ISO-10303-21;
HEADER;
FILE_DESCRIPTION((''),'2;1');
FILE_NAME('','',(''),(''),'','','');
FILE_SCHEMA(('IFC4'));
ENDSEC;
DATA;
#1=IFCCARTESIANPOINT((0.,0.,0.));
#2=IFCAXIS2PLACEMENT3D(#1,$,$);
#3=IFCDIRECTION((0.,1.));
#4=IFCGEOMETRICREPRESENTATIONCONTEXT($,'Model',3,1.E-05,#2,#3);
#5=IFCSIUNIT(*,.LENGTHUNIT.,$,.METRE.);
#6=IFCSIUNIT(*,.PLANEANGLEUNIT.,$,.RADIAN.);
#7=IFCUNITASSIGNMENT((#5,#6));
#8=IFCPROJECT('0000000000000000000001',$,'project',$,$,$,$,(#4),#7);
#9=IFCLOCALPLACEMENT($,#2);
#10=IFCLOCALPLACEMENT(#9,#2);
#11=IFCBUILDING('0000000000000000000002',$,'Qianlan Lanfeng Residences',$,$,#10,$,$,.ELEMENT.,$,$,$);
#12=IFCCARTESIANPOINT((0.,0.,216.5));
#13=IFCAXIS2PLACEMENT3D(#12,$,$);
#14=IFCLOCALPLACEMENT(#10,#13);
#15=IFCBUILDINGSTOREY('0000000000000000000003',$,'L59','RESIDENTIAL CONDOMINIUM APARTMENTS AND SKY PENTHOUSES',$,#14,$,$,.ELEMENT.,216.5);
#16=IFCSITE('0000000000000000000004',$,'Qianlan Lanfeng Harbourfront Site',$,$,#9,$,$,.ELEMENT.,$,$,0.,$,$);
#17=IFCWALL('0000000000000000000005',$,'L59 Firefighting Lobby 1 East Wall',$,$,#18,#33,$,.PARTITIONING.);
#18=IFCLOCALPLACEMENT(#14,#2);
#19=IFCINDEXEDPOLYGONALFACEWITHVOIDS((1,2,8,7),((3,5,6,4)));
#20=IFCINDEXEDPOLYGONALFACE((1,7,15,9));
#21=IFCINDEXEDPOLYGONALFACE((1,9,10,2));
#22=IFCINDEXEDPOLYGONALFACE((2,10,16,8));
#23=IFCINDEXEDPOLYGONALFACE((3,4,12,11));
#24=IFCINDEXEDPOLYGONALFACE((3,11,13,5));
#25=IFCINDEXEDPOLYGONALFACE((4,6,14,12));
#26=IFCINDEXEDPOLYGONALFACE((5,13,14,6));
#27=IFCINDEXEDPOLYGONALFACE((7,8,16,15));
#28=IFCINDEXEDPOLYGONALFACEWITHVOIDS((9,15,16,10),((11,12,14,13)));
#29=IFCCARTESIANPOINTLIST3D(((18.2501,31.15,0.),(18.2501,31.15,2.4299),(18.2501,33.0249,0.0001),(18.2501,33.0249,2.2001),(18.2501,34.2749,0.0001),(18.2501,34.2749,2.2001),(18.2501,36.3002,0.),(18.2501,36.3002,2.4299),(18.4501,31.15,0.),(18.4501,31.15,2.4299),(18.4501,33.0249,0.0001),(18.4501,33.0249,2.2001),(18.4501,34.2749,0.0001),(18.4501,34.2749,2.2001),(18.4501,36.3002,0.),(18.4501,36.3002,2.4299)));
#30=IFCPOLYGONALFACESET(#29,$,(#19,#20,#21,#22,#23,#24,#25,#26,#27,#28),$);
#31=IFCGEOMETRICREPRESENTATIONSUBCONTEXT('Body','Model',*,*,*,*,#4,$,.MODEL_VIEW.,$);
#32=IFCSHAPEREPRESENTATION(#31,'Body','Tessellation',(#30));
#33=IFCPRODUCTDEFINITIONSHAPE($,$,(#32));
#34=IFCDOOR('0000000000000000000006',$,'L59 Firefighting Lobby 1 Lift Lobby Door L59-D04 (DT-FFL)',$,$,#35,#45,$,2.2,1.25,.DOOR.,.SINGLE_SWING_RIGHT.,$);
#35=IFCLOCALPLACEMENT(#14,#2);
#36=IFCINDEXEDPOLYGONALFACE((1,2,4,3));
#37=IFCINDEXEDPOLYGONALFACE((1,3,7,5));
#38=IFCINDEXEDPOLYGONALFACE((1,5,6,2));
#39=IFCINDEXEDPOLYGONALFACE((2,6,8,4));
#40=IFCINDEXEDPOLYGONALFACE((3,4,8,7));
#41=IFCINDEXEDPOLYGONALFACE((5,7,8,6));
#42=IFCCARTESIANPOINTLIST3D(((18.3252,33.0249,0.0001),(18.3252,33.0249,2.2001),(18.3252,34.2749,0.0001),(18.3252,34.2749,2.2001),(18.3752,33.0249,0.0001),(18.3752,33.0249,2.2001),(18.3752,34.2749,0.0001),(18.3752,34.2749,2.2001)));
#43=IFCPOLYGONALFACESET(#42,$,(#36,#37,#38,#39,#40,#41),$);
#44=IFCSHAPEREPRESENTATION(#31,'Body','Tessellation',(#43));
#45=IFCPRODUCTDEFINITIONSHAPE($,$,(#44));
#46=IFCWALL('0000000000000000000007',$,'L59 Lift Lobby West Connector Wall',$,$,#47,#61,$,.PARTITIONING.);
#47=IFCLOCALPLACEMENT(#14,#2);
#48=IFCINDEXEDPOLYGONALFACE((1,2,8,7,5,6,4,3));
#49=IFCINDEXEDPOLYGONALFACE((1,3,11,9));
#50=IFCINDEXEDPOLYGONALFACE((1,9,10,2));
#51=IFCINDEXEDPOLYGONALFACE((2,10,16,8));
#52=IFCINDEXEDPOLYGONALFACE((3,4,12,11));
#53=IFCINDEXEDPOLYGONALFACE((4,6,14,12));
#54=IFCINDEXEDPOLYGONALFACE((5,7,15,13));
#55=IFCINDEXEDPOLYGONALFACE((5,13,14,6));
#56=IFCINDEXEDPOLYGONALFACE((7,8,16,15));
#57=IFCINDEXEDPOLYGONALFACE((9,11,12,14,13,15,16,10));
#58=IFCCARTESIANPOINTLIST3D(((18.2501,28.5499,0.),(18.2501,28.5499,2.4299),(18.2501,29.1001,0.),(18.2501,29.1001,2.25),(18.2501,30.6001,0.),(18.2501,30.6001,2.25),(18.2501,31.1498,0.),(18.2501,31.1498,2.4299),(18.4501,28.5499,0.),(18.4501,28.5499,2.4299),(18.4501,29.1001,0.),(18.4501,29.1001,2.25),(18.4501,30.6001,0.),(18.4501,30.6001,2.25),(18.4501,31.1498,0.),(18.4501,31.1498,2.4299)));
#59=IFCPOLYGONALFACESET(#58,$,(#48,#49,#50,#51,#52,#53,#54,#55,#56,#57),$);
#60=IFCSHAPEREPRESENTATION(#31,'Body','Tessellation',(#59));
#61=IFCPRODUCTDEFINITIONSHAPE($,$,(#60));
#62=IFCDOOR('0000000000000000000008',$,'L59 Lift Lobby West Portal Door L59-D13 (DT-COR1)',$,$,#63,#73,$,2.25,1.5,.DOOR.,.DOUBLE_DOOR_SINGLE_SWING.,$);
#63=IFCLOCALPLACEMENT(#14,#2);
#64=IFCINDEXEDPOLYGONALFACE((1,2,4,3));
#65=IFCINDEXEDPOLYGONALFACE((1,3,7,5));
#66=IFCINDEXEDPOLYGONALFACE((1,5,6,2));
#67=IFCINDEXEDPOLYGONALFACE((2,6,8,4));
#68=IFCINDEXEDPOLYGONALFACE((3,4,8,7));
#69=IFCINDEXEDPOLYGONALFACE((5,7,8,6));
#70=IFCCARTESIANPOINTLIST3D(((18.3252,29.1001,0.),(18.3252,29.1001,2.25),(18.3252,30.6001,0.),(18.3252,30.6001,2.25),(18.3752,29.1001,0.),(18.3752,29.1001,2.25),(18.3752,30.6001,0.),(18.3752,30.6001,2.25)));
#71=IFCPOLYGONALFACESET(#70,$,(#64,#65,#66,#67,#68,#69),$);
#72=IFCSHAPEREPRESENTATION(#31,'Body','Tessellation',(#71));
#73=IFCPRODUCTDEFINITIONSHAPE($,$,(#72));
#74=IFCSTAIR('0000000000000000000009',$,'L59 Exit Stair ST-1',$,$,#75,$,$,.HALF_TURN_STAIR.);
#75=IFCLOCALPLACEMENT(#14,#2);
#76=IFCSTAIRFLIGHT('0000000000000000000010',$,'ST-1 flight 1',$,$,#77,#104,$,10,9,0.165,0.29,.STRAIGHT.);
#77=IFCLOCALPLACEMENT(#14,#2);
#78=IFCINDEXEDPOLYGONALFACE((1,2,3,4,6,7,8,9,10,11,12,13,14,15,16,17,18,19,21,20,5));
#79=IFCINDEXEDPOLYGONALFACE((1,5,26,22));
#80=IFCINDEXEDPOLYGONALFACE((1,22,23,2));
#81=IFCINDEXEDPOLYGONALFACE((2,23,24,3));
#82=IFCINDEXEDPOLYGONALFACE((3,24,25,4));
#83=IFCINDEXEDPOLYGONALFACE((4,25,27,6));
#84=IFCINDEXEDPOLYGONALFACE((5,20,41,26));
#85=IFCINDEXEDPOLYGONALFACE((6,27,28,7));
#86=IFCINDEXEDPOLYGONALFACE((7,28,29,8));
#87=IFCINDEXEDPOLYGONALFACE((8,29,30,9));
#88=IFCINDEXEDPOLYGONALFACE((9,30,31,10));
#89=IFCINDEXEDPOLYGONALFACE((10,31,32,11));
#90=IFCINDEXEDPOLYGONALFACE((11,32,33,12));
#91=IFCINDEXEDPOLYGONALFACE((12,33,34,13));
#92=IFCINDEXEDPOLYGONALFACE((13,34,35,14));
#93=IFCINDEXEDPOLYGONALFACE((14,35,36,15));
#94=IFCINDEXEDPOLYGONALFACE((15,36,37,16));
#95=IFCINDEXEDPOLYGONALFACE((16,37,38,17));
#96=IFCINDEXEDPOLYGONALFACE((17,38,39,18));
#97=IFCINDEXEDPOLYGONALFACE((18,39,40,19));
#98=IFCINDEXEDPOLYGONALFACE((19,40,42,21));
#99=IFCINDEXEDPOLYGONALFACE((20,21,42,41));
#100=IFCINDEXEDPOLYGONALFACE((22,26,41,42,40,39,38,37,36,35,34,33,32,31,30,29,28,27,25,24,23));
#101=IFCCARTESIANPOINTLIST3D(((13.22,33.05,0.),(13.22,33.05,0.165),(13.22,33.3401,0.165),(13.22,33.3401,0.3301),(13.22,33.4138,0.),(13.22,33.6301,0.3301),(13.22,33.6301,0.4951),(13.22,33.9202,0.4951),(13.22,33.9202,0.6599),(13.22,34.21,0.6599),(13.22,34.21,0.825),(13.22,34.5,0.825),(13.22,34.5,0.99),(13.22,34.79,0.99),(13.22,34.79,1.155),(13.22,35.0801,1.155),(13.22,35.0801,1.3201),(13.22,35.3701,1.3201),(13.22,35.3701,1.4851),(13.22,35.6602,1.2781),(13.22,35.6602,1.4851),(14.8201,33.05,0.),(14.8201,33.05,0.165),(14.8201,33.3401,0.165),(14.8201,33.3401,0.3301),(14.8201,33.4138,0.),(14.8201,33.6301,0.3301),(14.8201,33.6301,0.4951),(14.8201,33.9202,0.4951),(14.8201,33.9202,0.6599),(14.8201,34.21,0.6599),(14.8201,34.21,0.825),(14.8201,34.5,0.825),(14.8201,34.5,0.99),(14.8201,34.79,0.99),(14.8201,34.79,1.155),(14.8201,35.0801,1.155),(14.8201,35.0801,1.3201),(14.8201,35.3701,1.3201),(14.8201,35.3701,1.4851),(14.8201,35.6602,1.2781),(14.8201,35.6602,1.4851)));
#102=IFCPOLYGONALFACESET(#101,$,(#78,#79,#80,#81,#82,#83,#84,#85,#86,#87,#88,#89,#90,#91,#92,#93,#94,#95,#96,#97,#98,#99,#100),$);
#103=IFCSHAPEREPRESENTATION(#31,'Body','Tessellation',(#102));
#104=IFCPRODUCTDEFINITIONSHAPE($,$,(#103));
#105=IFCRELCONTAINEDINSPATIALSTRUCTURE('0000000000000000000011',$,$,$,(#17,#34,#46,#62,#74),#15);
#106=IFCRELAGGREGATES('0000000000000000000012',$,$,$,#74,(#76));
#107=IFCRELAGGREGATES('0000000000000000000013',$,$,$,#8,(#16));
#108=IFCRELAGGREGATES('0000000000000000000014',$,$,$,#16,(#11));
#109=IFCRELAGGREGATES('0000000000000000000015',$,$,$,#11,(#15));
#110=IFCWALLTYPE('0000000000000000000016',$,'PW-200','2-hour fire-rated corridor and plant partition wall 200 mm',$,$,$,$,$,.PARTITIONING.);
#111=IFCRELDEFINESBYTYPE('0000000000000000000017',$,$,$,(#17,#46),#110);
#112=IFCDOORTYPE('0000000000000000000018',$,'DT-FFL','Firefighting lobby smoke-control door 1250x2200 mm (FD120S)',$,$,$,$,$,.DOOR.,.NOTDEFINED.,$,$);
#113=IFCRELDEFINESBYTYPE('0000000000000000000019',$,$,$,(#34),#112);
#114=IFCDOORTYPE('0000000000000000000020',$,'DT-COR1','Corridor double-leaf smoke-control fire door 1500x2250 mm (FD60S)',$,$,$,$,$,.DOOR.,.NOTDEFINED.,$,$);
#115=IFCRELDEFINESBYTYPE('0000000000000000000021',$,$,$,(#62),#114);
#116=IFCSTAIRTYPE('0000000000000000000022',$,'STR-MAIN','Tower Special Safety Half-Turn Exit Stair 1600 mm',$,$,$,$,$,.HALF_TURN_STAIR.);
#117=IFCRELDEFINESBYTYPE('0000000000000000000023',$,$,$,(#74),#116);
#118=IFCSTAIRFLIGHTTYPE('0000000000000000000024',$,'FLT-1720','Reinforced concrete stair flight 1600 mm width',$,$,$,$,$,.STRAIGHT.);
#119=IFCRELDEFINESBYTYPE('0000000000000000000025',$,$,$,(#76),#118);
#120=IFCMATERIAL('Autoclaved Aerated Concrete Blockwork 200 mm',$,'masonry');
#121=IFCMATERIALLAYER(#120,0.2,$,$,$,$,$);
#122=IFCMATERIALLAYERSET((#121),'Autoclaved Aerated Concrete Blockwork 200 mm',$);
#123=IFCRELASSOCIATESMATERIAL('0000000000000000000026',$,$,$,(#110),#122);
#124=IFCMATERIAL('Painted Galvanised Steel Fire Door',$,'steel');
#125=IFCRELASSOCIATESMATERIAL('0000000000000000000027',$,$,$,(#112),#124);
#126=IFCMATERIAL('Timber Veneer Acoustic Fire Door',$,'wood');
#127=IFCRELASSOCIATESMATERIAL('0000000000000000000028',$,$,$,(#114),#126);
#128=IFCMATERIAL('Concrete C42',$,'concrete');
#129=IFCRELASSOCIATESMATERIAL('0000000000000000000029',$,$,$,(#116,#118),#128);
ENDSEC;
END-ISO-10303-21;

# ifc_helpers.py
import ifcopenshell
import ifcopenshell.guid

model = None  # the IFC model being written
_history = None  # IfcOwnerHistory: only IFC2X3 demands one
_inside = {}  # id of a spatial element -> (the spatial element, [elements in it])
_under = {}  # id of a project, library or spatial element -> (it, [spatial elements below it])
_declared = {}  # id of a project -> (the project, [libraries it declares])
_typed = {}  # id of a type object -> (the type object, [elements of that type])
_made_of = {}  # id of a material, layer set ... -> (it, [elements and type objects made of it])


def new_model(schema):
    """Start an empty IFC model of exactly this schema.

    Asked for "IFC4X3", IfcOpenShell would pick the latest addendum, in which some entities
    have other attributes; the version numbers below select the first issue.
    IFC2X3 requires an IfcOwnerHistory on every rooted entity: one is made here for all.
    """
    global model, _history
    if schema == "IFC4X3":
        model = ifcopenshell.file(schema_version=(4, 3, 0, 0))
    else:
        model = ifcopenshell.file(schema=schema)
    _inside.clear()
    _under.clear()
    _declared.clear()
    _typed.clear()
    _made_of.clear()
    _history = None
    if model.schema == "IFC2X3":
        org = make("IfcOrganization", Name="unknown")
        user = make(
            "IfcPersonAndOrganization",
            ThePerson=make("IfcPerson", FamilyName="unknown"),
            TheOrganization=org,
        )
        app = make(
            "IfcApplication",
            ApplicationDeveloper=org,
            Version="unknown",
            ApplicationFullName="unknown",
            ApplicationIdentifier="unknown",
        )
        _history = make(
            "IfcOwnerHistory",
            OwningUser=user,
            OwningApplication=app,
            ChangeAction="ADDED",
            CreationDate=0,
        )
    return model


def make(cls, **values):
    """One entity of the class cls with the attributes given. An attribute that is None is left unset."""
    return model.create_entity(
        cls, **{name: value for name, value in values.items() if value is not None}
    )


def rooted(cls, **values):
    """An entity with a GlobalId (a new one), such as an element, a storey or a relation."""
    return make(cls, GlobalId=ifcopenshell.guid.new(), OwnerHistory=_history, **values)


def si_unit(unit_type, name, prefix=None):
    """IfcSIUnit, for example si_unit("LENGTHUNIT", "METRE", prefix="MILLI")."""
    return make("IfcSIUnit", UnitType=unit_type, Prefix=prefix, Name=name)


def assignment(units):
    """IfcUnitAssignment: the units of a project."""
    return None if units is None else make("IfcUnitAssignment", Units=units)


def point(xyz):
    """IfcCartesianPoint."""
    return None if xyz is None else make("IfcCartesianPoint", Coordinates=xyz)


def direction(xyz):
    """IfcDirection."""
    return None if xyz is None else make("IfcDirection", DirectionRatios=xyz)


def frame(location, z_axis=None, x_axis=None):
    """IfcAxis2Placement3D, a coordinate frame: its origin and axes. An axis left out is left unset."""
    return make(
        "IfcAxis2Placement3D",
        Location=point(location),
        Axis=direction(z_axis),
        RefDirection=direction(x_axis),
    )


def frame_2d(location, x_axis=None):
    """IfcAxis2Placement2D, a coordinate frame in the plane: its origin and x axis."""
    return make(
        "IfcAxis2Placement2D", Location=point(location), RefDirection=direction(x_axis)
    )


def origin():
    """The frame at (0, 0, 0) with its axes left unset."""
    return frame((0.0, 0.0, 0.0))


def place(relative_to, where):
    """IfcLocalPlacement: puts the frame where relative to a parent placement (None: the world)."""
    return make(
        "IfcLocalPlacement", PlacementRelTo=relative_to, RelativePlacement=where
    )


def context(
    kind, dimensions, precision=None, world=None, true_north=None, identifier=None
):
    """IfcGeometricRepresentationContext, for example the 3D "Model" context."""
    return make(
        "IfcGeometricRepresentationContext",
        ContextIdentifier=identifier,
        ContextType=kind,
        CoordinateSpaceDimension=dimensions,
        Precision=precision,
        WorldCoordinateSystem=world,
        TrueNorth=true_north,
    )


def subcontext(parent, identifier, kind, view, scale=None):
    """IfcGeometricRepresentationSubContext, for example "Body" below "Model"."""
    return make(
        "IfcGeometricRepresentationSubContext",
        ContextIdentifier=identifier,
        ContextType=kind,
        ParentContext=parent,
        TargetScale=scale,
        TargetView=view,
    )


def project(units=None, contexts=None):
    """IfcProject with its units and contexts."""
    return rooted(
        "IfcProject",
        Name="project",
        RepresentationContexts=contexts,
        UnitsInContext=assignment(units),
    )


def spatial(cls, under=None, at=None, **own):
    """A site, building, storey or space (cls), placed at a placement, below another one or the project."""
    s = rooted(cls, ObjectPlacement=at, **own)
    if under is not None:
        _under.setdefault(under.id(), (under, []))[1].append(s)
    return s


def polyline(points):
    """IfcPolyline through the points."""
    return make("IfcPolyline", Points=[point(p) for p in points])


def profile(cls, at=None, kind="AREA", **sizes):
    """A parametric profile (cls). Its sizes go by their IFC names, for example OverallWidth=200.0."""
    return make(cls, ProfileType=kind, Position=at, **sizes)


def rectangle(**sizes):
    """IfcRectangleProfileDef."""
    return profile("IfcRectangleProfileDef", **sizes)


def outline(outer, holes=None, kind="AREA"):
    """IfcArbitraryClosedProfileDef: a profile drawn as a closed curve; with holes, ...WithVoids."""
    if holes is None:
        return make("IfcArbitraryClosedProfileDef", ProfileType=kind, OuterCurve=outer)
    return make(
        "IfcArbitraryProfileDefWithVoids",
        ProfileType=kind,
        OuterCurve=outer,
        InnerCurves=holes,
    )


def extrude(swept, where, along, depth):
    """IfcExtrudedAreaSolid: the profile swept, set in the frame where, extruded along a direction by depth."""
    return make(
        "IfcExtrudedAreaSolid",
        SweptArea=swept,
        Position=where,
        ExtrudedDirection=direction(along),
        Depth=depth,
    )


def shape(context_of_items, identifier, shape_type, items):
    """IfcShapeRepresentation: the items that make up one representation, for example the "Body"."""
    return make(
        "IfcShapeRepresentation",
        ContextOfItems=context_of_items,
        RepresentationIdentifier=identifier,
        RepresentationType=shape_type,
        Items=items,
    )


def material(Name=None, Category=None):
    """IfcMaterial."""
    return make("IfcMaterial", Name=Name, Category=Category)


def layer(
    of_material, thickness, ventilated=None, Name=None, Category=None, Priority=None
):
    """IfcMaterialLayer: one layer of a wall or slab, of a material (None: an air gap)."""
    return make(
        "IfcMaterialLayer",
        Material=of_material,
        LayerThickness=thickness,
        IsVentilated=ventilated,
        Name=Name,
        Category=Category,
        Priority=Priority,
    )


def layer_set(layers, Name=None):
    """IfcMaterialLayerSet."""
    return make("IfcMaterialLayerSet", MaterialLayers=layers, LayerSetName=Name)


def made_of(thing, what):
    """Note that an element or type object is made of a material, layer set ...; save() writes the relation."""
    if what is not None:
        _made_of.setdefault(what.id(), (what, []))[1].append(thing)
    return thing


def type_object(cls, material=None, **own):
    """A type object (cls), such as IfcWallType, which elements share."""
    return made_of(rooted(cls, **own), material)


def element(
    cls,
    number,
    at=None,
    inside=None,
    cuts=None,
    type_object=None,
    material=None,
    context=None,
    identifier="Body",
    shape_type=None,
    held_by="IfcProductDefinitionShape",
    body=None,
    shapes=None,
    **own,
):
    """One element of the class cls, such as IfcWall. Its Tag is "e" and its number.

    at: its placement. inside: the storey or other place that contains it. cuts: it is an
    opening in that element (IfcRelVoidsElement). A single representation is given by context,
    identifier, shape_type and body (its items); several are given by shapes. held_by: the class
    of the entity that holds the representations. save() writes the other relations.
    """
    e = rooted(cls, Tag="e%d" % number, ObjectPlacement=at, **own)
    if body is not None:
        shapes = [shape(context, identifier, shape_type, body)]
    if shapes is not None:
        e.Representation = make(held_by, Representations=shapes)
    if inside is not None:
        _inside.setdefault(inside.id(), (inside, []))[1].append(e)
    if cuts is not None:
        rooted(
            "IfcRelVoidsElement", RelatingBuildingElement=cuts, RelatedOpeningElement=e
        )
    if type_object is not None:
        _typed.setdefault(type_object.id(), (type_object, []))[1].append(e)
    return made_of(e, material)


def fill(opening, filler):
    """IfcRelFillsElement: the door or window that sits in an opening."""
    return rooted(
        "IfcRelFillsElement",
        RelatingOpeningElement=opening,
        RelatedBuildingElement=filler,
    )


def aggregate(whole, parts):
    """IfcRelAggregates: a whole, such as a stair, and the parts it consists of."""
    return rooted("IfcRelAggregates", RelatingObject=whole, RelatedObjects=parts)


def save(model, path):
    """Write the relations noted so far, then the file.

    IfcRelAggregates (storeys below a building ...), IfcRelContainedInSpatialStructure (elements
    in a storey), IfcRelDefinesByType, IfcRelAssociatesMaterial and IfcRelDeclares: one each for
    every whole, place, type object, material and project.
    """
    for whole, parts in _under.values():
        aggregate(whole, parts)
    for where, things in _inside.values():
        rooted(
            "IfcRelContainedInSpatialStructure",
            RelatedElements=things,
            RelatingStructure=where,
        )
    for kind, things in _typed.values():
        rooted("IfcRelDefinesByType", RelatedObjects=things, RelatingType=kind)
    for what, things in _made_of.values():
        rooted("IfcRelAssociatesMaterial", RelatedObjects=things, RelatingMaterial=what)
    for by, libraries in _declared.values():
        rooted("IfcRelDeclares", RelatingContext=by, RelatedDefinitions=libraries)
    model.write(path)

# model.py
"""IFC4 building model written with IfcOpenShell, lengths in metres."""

from ifc_helpers import new_model, si_unit, direction, frame, frame_2d, origin, place, context, subcontext, project, spatial, polyline, rectangle, outline, extrude, material, layer, layer_set, type_object, element, fill, aggregate, save


model = new_model("IFC4")

# Units and contexts
model_context = context("Model", 3, precision=1e-05, world=origin(), true_north=direction((0.0, 1.0)))
body_context = subcontext(model_context, "Body", "Model", "MODEL_VIEW")
ifc_project = project(units=[si_unit("LENGTHUNIT", "METRE"), si_unit("PLANEANGLEUNIT", "RADIAN")], contexts=[model_context])

# Site, building, storey
site_placement = place(None, origin())
site = spatial("IfcSite", under=ifc_project, at=site_placement, Name="Qianlan Lanfeng Harbourfront Site", CompositionType="ELEMENT", RefElevation=0.0)
building_placement = place(site_placement, origin())
building = spatial("IfcBuilding", under=site, at=building_placement, Name="Qianlan Lanfeng Residences", CompositionType="ELEMENT")
storey_placement = place(building_placement, frame((0.0, 0.0, 216.5)))
storey = spatial("IfcBuildingStorey", under=building, at=storey_placement, Name="L59", Description="RESIDENTIAL CONDOMINIUM APARTMENTS AND SKY PENTHOUSES", CompositionType="ELEMENT", Elevation=216.5)

# Shared definitions
ifc_material_1 = material(Name="Painted Galvanised Steel Fire Door", Category="steel")

# Walls, openings, doors
ifc_material_2 = material(Name="Autoclaved Aerated Concrete Blockwork 200 mm", Category="masonry")
ifc_layer_1 = layer(ifc_material_2, 0.2)
ifc_layer_set_1 = layer_set([ifc_layer_1], Name="Autoclaved Aerated Concrete Blockwork 200 mm")
wall_type_1 = type_object("IfcWallType", Name="PW-200", Description="2-hour fire-rated corridor and plant partition wall 200 mm", PredefinedType="PARTITIONING", material=ifc_layer_set_1)
door_type_1 = type_object("IfcDoorType", Name="DT-FFL", Description="Firefighting lobby smoke-control door 1250x2200 mm (FD120S)", OperationType="NOTDEFINED", PredefinedType="DOOR", material=ifc_material_1)
wall_1_placement = place(storey_placement, frame((18.3501, 31.1499, 0.0), z_axis=(0.0, 0.0, 1.0), x_axis=(0.0, 1.0, 0.0)))
wall_1 = element("IfcWall", 1, at=wall_1_placement, inside=storey, type_object=wall_type_1, Name="L59 Firefighting Lobby 1 East Wall", PredefinedType="PARTITIONING", context=body_context, shape_type="SweptSolid", body=[
    extrude(rectangle(XDim=5.1501, YDim=0.2, at=frame_2d((2.5752, 0.0))), origin(), (0.0, 0.0, 1.0), 2.4299),
])
opening_1_placement = place(wall_1_placement, frame((1.875, 0.0, 0.0)))
opening_1 = element("IfcOpeningElement", 2, at=opening_1_placement, cuts=wall_1, PredefinedType="OPENING", context=body_context, shape_type="SweptSolid", body=[
    extrude(rectangle(XDim=1.25, YDim=2.2, at=frame_2d((0.625, 1.1001))), frame((0.0, 0.1099, 0.0), z_axis=(0.0, -1.0, 0.0), x_axis=(1.0, 0.0, 0.0)), (0.0, 0.0, 1.0), 0.22),
])
door_1_placement = place(opening_1_placement, origin())
door_1 = element("IfcDoor", 3, at=door_1_placement, inside=storey, type_object=door_type_1, Name="L59 Firefighting Lobby 1 Lift Lobby Door L59-D04 (DT-FFL)", OperationType="SINGLE_SWING_RIGHT", OverallHeight=2.2, OverallWidth=1.25, PredefinedType="DOOR", context=body_context, shape_type="SweptSolid", body=[
    extrude(rectangle(XDim=1.25, YDim=2.2, at=frame_2d((0.625, 1.1001))), frame((0.0, 0.0249, 0.0), z_axis=(0.0, -1.0, 0.0), x_axis=(1.0, 0.0, 0.0)), (0.0, 0.0, 1.0), 0.05),
])
fill(opening_1, door_1)
wall_2_placement = place(storey_placement, frame((18.3501, 28.55, 0.0), z_axis=(0.0, 0.0, 1.0), x_axis=(0.0, 1.0, 0.0)))
wall_2 = element("IfcWall", 4, at=wall_2_placement, inside=storey, type_object=wall_type_1, Name="L59 Lift Lobby West Connector Wall", PredefinedType="PARTITIONING", context=body_context, shape_type="SweptSolid", body=[
    extrude(rectangle(XDim=2.5999, YDim=0.2, at=frame_2d((1.2998, 0.0))), origin(), (0.0, 0.0, 1.0), 2.4299),
])
opening_2_placement = place(wall_2_placement, frame((0.55, 0.0, 0.0)))
opening_2 = element("IfcOpeningElement", 5, at=opening_2_placement, cuts=wall_2, PredefinedType="OPENING", context=body_context, shape_type="SweptSolid", body=[
    extrude(rectangle(XDim=1.5, YDim=2.25, at=frame_2d((0.75, 1.125))), frame((0.0, 0.1099, 0.0), z_axis=(0.0, -1.0, 0.0), x_axis=(1.0, 0.0, 0.0)), (0.0, 0.0, 1.0), 0.22),
])
ifc_material_3 = material(Name="Timber Veneer Acoustic Fire Door", Category="wood")
door_type_2 = type_object("IfcDoorType", Name="DT-COR1", Description="Corridor double-leaf smoke-control fire door 1500x2250 mm (FD60S)", OperationType="NOTDEFINED", PredefinedType="DOOR", material=ifc_material_3)
door_2_placement = place(opening_2_placement, origin())
door_2 = element("IfcDoor", 6, at=door_2_placement, inside=storey, type_object=door_type_2, Name="L59 Lift Lobby West Portal Door L59-D13 (DT-COR1)", OperationType="DOUBLE_DOOR_SINGLE_SWING", OverallHeight=2.25, OverallWidth=1.5, PredefinedType="DOOR", context=body_context, shape_type="SweptSolid", body=[
    extrude(rectangle(XDim=1.5, YDim=2.25, at=frame_2d((0.75, 1.125))), frame((0.0, 0.0249, 0.0), z_axis=(0.0, -1.0, 0.0), x_axis=(1.0, 0.0, 0.0)), (0.0, 0.0, 1.0), 0.05),
])
fill(opening_2, door_2)

# Stair, stair flight
ifc_material_4 = material(Name="Concrete C42", Category="concrete")
stair_type = type_object("IfcStairType", Name="STR-MAIN", Description="Tower Special Safety Half-Turn Exit Stair 1600 mm", PredefinedType="HALF_TURN_STAIR", material=ifc_material_4)
stair_placement = place(storey_placement, origin())
stair = element("IfcStair", 7, at=stair_placement, inside=storey, type_object=stair_type, Name="L59 Exit Stair ST-1", PredefinedType="HALF_TURN_STAIR")
stair_flight_type = type_object("IfcStairFlightType", Name="FLT-1720", Description="Reinforced concrete stair flight 1600 mm width", PredefinedType="STRAIGHT", material=ifc_material_4)
stair_flight_placement = place(storey_placement, frame((14.02, 33.05, 0.0), z_axis=(0.0, 0.0, 1.0), x_axis=(0.0, 1.0, 0.0)))
stair_flight = element("IfcStairFlight", 8, at=stair_flight_placement, type_object=stair_flight_type, Name="ST-1 flight 1", NumberOfRisers=10, NumberOfTreads=9, PredefinedType="STRAIGHT", RiserHeight=0.165, TreadLength=0.29, context=body_context, shape_type="SweptSolid", body=[
    extrude(outline(polyline([(0.0, 0.0), (0.0, 0.165), (0.29, 0.165), (0.29, 0.3301), (0.5801, 0.3301), (0.5801, 0.4951), (0.8701, 0.4951), (0.8701, 0.6599), (1.1599, 0.6599), (1.1599, 0.825), (1.45, 0.825), (1.45, 0.99), (1.74, 0.99), (1.74, 1.155), (2.03, 1.155), (2.03, 1.3201), (2.3201, 1.3201), (2.3201, 1.4851), (2.6101, 1.4851), (2.6101, 1.6499), (2.6101, 1.2781), (0.3638, 0.0), (0.0, 0.0)])), frame((0.0, 0.8, 0.0), z_axis=(0.0, -1.0, 0.0), x_axis=(1.0, 0.0, 0.0)), (0.0, 0.0, 1.0), 1.6001),
])
aggregate(stair, [stair_flight])

save(model, "model.ifc")
